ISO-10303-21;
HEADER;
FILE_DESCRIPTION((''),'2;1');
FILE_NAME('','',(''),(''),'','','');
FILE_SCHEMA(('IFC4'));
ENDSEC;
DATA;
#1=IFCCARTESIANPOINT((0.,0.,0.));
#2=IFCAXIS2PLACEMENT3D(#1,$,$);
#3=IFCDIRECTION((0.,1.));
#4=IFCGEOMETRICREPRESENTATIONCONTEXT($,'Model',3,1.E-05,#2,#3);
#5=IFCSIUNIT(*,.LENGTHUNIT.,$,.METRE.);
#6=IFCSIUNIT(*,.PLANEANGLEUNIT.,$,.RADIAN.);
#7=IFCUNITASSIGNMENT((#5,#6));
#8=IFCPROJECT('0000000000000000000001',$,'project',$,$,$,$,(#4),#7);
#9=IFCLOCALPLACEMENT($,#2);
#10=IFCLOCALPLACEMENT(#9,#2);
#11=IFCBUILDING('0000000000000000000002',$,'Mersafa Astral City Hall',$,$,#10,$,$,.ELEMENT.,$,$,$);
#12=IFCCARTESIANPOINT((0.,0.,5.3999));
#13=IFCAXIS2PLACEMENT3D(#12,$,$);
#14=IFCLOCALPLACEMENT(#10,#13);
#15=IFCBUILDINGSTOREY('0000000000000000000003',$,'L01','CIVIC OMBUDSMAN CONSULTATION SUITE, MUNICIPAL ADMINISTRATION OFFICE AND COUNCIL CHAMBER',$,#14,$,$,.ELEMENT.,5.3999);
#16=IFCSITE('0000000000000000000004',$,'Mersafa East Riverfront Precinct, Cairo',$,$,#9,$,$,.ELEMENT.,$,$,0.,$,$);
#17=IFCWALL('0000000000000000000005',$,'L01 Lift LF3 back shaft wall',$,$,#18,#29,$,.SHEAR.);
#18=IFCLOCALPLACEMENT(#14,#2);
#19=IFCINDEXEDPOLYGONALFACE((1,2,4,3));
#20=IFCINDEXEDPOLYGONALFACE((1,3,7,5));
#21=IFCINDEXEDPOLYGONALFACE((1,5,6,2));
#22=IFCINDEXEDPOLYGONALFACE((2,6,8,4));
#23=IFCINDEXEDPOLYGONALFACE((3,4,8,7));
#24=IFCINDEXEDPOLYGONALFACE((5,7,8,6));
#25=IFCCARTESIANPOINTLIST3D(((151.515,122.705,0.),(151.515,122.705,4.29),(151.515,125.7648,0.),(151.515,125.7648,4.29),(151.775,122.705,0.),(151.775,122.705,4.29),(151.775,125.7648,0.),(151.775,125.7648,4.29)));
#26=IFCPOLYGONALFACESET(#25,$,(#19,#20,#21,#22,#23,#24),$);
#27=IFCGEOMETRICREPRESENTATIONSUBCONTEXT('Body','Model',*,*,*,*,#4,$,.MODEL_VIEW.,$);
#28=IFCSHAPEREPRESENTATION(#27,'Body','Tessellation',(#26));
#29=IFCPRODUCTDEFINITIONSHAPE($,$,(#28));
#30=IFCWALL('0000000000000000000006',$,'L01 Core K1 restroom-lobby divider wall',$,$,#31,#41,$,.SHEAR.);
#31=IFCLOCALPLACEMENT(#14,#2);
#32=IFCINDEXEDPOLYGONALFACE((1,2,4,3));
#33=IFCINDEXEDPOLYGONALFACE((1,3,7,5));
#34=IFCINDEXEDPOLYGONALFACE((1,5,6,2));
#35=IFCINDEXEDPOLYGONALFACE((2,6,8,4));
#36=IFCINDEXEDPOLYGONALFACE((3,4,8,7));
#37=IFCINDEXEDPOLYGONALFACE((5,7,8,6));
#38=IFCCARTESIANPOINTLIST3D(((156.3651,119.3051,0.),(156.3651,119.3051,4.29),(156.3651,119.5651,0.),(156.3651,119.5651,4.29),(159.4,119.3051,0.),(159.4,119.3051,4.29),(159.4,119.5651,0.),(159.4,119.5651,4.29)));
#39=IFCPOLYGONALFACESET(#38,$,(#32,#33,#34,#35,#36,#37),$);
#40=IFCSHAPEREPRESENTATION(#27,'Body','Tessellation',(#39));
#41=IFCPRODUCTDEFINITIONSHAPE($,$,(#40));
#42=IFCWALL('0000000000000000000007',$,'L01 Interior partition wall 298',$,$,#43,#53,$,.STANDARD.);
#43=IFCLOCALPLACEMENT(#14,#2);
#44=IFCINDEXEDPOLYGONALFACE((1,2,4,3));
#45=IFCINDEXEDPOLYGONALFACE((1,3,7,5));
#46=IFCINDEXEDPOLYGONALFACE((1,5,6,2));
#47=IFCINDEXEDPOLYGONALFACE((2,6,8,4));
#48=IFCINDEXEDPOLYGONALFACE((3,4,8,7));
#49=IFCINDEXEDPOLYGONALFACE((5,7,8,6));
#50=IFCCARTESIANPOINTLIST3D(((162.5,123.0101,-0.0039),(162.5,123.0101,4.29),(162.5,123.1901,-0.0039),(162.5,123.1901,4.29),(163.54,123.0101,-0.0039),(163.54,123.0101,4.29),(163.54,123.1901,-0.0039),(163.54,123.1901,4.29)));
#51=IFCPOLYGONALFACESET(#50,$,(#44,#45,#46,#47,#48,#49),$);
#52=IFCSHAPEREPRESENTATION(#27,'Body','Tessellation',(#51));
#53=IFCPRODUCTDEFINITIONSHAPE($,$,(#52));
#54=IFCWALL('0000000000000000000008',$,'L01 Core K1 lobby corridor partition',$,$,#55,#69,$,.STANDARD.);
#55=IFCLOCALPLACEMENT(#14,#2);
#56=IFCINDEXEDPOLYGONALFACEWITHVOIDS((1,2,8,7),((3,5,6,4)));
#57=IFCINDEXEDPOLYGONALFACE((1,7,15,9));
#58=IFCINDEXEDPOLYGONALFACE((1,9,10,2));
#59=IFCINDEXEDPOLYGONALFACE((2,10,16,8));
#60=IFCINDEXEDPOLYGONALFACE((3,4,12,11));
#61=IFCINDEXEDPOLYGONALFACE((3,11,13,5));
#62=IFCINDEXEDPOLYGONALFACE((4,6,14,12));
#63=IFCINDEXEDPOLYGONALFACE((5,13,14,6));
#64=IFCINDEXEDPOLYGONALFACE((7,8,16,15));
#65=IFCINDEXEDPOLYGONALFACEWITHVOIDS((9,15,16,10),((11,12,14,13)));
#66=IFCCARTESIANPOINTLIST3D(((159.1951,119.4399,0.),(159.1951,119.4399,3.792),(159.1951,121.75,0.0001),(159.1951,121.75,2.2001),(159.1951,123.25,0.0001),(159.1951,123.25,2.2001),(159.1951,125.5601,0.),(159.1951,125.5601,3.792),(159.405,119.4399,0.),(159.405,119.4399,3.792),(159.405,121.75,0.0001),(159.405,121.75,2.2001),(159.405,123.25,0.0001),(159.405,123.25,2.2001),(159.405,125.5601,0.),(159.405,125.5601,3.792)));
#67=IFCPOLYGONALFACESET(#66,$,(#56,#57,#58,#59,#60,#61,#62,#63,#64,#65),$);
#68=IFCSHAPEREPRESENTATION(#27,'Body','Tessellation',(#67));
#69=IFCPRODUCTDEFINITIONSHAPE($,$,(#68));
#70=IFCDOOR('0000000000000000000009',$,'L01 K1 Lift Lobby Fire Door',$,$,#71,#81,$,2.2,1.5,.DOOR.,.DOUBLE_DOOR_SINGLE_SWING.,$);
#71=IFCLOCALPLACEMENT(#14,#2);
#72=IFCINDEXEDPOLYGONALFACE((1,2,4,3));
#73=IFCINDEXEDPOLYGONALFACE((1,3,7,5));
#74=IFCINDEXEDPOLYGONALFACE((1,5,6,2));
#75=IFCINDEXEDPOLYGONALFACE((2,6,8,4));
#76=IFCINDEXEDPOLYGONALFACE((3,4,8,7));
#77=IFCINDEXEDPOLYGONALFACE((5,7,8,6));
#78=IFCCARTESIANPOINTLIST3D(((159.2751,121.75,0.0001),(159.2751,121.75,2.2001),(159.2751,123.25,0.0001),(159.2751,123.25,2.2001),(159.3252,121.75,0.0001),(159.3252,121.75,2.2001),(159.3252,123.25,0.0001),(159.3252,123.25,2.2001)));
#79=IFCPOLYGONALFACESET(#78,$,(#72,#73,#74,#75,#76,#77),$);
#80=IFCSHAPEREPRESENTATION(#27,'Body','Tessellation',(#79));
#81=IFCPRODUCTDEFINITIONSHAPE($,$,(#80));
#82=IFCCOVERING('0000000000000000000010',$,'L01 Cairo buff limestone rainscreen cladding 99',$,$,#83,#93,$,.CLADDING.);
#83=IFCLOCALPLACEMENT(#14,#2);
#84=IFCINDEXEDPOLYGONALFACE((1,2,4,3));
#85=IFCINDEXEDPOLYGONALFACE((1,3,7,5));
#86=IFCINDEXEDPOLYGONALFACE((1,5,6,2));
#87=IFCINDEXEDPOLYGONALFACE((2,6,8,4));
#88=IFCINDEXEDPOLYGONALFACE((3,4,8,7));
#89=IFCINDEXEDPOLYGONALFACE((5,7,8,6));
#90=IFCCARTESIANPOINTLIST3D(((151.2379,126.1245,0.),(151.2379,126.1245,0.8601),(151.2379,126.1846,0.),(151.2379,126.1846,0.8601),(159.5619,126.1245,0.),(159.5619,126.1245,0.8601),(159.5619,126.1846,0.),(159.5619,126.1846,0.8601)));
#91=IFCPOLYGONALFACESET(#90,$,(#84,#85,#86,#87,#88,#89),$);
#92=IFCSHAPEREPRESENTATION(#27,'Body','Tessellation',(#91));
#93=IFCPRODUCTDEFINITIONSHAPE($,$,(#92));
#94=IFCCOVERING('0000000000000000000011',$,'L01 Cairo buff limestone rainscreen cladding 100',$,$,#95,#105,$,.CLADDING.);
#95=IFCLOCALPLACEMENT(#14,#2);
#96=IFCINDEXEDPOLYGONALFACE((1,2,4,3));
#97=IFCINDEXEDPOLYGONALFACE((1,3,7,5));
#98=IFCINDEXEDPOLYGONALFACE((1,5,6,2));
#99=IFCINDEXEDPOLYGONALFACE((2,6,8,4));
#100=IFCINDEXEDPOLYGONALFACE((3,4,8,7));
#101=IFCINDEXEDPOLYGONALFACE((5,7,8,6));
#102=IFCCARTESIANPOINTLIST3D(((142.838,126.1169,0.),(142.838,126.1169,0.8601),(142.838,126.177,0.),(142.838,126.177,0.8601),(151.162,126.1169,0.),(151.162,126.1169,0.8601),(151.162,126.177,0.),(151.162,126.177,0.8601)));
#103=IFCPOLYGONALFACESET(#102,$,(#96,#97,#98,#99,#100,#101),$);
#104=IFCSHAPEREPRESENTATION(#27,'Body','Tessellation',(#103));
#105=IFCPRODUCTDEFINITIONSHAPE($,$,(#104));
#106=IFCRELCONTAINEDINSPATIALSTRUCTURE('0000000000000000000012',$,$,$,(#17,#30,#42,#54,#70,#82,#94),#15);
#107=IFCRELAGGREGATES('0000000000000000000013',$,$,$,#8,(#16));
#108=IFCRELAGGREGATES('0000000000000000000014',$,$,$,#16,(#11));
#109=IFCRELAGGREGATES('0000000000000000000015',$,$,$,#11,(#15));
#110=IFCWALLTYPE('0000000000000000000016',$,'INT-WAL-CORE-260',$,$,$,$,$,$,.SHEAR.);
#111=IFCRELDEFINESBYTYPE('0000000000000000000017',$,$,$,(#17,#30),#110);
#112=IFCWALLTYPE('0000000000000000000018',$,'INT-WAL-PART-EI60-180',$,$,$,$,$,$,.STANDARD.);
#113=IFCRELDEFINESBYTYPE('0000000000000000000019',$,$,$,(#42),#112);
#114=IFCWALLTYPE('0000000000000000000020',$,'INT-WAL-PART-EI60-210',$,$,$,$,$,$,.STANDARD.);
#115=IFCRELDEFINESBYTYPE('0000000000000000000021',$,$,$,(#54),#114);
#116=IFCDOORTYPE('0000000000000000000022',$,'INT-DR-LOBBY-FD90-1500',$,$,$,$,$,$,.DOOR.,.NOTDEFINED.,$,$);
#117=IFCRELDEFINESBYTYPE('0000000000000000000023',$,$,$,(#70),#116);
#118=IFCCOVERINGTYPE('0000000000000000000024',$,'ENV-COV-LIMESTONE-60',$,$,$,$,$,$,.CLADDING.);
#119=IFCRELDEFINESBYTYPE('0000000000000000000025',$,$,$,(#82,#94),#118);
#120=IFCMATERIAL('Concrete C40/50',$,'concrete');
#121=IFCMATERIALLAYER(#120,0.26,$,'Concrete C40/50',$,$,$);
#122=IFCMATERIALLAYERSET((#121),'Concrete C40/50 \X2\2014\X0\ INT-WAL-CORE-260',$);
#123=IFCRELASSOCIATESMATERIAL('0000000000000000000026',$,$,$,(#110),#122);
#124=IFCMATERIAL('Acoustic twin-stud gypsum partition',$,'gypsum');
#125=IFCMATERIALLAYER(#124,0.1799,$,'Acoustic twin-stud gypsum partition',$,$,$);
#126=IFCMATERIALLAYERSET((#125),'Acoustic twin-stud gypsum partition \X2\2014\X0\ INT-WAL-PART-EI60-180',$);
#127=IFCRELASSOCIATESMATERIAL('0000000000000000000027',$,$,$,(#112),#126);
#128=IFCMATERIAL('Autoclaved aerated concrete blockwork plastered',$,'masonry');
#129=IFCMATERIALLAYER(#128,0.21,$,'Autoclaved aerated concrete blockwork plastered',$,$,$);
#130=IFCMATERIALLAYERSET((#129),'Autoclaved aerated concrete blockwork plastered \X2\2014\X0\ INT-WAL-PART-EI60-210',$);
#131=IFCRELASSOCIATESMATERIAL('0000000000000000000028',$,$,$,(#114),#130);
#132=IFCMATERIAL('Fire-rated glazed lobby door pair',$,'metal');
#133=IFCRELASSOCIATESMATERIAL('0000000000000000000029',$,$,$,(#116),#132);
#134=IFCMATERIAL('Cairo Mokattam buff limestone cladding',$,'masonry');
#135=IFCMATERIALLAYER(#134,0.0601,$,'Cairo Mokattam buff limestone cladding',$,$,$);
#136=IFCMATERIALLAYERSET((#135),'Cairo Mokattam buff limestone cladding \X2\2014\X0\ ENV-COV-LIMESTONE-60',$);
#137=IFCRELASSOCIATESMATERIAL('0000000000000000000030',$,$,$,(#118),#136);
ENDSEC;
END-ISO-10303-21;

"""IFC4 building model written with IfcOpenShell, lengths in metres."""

from ifc_helpers import new_model, si_unit, direction, frame, frame_2d, origin, origin_2d, place, context, subcontext, project, spatial, rectangle, extrude, material, layer, layer_set, type_object, element, fill, save


model = new_model("IFC4")

# Units and contexts
model_context = context("Model", 3, precision=1e-05, world=origin(), true_north=direction((0.0, 1.0)))
body_context = subcontext(model_context, "Body", "Model", "MODEL_VIEW")
ifc_project = project(units=[si_unit("LENGTHUNIT", "METRE"), si_unit("PLANEANGLEUNIT", "RADIAN")], contexts=[model_context])

# Site, building, storey
site_placement = place(None, origin())
site = spatial("IfcSite", under=ifc_project, at=site_placement, Name="Mersafa East Riverfront Precinct, Cairo", CompositionType="ELEMENT", RefElevation=0.0)
building_placement = place(site_placement, origin())
building = spatial("IfcBuilding", under=site, at=building_placement, Name="Mersafa Astral City Hall", CompositionType="ELEMENT")
storey_placement = place(building_placement, frame((0.0, 0.0, 5.3999)))
storey = spatial("IfcBuildingStorey", under=building, at=storey_placement, Name="L01", Description="CIVIC OMBUDSMAN CONSULTATION SUITE, MUNICIPAL ADMINISTRATION OFFICE AND COUNCIL CHAMBER", CompositionType="ELEMENT", Elevation=5.3999)

# Shared definitions
ifc_material_1 = material(Name="Concrete C40/50", Category="concrete")
ifc_layer_1 = layer(ifc_material_1, 0.26, Name="Concrete C40/50")
ifc_layer_set_1 = layer_set([ifc_layer_1], Name="Concrete C40/50 — INT-WAL-CORE-260")
wall_type_1 = type_object("IfcWallType", Name="INT-WAL-CORE-260", PredefinedType="SHEAR", material=ifc_layer_set_1)

# Wall
wall_1_placement = place(storey_placement, frame((151.645, 122.7051, 0.0), z_axis=(0.0, 0.0, 1.0), x_axis=(0.0, 1.0, 0.0)))
element("IfcWall", 1, at=wall_1_placement, inside=storey, type_object=wall_type_1, Name="L01 Lift LF3 back shaft wall", PredefinedType="SHEAR", context=body_context, shape_type="SweptSolid", body=[
    extrude(rectangle(XDim=3.0598, YDim=0.26, at=frame_2d((1.5298, 0.0))), origin(), (0.0, 0.0, 1.0), 4.29),
])

# Wall
wall_2_placement = place(storey_placement, frame((156.365, 119.4351, 0.0), z_axis=(0.0, 0.0, 1.0), x_axis=(1.0, 0.0, 0.0)))
element("IfcWall", 2, at=wall_2_placement, inside=storey, type_object=wall_type_1, Name="L01 Core K1 restroom-lobby divider wall", PredefinedType="SHEAR", context=body_context, shape_type="SweptSolid", body=[
    extrude(rectangle(XDim=3.0349, YDim=0.26, at=frame_2d((1.5176, 0.0))), origin(), (0.0, 0.0, 1.0), 4.29),
])

# Wall
ifc_material_2 = material(Name="Acoustic twin-stud gypsum partition", Category="gypsum")
ifc_layer_2 = layer(ifc_material_2, 0.1799, Name="Acoustic twin-stud gypsum partition")
ifc_layer_set_2 = layer_set([ifc_layer_2], Name="Acoustic twin-stud gypsum partition — INT-WAL-PART-EI60-180")
wall_type_2 = type_object("IfcWallType", Name="INT-WAL-PART-EI60-180", PredefinedType="STANDARD", material=ifc_layer_set_2)
wall_3_placement = place(storey_placement, frame((162.5, 123.1001, -0.0039), z_axis=(0.0, 0.0, 1.0), x_axis=(1.0, 0.0, 0.0)))
element("IfcWall", 3, at=wall_3_placement, inside=storey, type_object=wall_type_2, Name="L01 Interior partition wall 298", PredefinedType="STANDARD", context=body_context, shape_type="SweptSolid", body=[
    extrude(rectangle(XDim=1.04, YDim=0.1799, at=frame_2d((0.52, 0.0))), origin(), (0.0, 0.0, 1.0), 4.2939),
])

# Wall, opening, door
ifc_material_3 = material(Name="Autoclaved aerated concrete blockwork plastered", Category="masonry")
ifc_layer_3 = layer(ifc_material_3, 0.21, Name="Autoclaved aerated concrete blockwork plastered")
ifc_layer_set_3 = layer_set([ifc_layer_3], Name="Autoclaved aerated concrete blockwork plastered — INT-WAL-PART-EI60-210")
wall_type_3 = type_object("IfcWallType", Name="INT-WAL-PART-EI60-210", PredefinedType="STANDARD", material=ifc_layer_set_3)
wall_4_placement = place(storey_placement, frame((159.3, 119.4399, 0.0), z_axis=(0.0, 0.0, 1.0), x_axis=(0.0, 1.0, 0.0)))
wall_4 = element("IfcWall", 4, at=wall_4_placement, inside=storey, type_object=wall_type_3, Name="L01 Core K1 lobby corridor partition", PredefinedType="STANDARD", context=body_context, shape_type="SweptSolid", body=[
    extrude(rectangle(XDim=6.1201, YDim=0.21, at=frame_2d((3.0601, 0.0))), origin(), (0.0, 0.0, 1.0), 3.792),
])
opening_1_placement = place(wall_4_placement, frame((2.3101, 0.0, 0.0)))
opening_1 = element("IfcOpeningElement", 5, at=opening_1_placement, cuts=wall_4, PredefinedType="OPENING", context=body_context, shape_type="SweptSolid", body=[
    extrude(rectangle(XDim=1.5, YDim=2.2, at=frame_2d((0.75, 1.1001))), frame((0.0, 0.115, 0.0), z_axis=(0.0, -1.0, 0.0), x_axis=(1.0, 0.0, 0.0)), (0.0, 0.0, 1.0), 0.23),
])
ifc_material_4 = material(Name="Fire-rated glazed lobby door pair", Category="metal")
door_type_1 = type_object("IfcDoorType", Name="INT-DR-LOBBY-FD90-1500", OperationType="NOTDEFINED", PredefinedType="DOOR", material=ifc_material_4)
door_1_placement = place(opening_1_placement, origin())
door_1 = element("IfcDoor", 6, at=door_1_placement, inside=storey, type_object=door_type_1, Name="L01 K1 Lift Lobby Fire Door", OperationType="DOUBLE_DOOR_SINGLE_SWING", OverallHeight=2.2, OverallWidth=1.5, PredefinedType="DOOR", context=body_context, shape_type="SweptSolid", body=[
    extrude(rectangle(XDim=1.5, YDim=2.2, at=frame_2d((0.75, 1.1001))), frame((0.0, 0.0249, 0.0), z_axis=(0.0, -1.0, 0.0), x_axis=(1.0, 0.0, 0.0)), (0.0, 0.0, 1.0), 0.05),
])
fill(opening_1, door_1)

# Coverings
ifc_material_5 = material(Name="Cairo Mokattam buff limestone cladding", Category="masonry")
ifc_layer_4 = layer(ifc_material_5, 0.0601, Name="Cairo Mokattam buff limestone cladding")
ifc_layer_set_4 = layer_set([ifc_layer_4], Name="Cairo Mokattam buff limestone cladding — ENV-COV-LIMESTONE-60")
covering_type = type_object("IfcCoveringType", Name="ENV-COV-LIMESTONE-60", PredefinedType="CLADDING", material=ifc_layer_set_4)
for number, where, z_axis, x_axis, name in (
    (7, (155.3999, 126.1545, 0.0), (0.0, 0.0, 1.0), (-1.0, 0.0, 0.0), "L01 Cairo buff limestone rainscreen cladding 99"),
    (8, (147.0, 126.147, 0.0), (0.0, 0.0, 1.0), (-1.0, 0.0, 0.0), "L01 Cairo buff limestone rainscreen cladding 100"),
):
    element("IfcCovering", number, at=place(storey_placement, frame(where, z_axis=z_axis, x_axis=x_axis)), inside=storey, type_object=covering_type, Name=name, PredefinedType="CLADDING", context=body_context, shape_type="SweptSolid", body=[
        extrude(rectangle(XDim=8.324, YDim=0.0601, at=origin_2d()), origin(), (0.0, 0.0, 1.0), 0.8601),
    ])

save(model, "model.ifc")
